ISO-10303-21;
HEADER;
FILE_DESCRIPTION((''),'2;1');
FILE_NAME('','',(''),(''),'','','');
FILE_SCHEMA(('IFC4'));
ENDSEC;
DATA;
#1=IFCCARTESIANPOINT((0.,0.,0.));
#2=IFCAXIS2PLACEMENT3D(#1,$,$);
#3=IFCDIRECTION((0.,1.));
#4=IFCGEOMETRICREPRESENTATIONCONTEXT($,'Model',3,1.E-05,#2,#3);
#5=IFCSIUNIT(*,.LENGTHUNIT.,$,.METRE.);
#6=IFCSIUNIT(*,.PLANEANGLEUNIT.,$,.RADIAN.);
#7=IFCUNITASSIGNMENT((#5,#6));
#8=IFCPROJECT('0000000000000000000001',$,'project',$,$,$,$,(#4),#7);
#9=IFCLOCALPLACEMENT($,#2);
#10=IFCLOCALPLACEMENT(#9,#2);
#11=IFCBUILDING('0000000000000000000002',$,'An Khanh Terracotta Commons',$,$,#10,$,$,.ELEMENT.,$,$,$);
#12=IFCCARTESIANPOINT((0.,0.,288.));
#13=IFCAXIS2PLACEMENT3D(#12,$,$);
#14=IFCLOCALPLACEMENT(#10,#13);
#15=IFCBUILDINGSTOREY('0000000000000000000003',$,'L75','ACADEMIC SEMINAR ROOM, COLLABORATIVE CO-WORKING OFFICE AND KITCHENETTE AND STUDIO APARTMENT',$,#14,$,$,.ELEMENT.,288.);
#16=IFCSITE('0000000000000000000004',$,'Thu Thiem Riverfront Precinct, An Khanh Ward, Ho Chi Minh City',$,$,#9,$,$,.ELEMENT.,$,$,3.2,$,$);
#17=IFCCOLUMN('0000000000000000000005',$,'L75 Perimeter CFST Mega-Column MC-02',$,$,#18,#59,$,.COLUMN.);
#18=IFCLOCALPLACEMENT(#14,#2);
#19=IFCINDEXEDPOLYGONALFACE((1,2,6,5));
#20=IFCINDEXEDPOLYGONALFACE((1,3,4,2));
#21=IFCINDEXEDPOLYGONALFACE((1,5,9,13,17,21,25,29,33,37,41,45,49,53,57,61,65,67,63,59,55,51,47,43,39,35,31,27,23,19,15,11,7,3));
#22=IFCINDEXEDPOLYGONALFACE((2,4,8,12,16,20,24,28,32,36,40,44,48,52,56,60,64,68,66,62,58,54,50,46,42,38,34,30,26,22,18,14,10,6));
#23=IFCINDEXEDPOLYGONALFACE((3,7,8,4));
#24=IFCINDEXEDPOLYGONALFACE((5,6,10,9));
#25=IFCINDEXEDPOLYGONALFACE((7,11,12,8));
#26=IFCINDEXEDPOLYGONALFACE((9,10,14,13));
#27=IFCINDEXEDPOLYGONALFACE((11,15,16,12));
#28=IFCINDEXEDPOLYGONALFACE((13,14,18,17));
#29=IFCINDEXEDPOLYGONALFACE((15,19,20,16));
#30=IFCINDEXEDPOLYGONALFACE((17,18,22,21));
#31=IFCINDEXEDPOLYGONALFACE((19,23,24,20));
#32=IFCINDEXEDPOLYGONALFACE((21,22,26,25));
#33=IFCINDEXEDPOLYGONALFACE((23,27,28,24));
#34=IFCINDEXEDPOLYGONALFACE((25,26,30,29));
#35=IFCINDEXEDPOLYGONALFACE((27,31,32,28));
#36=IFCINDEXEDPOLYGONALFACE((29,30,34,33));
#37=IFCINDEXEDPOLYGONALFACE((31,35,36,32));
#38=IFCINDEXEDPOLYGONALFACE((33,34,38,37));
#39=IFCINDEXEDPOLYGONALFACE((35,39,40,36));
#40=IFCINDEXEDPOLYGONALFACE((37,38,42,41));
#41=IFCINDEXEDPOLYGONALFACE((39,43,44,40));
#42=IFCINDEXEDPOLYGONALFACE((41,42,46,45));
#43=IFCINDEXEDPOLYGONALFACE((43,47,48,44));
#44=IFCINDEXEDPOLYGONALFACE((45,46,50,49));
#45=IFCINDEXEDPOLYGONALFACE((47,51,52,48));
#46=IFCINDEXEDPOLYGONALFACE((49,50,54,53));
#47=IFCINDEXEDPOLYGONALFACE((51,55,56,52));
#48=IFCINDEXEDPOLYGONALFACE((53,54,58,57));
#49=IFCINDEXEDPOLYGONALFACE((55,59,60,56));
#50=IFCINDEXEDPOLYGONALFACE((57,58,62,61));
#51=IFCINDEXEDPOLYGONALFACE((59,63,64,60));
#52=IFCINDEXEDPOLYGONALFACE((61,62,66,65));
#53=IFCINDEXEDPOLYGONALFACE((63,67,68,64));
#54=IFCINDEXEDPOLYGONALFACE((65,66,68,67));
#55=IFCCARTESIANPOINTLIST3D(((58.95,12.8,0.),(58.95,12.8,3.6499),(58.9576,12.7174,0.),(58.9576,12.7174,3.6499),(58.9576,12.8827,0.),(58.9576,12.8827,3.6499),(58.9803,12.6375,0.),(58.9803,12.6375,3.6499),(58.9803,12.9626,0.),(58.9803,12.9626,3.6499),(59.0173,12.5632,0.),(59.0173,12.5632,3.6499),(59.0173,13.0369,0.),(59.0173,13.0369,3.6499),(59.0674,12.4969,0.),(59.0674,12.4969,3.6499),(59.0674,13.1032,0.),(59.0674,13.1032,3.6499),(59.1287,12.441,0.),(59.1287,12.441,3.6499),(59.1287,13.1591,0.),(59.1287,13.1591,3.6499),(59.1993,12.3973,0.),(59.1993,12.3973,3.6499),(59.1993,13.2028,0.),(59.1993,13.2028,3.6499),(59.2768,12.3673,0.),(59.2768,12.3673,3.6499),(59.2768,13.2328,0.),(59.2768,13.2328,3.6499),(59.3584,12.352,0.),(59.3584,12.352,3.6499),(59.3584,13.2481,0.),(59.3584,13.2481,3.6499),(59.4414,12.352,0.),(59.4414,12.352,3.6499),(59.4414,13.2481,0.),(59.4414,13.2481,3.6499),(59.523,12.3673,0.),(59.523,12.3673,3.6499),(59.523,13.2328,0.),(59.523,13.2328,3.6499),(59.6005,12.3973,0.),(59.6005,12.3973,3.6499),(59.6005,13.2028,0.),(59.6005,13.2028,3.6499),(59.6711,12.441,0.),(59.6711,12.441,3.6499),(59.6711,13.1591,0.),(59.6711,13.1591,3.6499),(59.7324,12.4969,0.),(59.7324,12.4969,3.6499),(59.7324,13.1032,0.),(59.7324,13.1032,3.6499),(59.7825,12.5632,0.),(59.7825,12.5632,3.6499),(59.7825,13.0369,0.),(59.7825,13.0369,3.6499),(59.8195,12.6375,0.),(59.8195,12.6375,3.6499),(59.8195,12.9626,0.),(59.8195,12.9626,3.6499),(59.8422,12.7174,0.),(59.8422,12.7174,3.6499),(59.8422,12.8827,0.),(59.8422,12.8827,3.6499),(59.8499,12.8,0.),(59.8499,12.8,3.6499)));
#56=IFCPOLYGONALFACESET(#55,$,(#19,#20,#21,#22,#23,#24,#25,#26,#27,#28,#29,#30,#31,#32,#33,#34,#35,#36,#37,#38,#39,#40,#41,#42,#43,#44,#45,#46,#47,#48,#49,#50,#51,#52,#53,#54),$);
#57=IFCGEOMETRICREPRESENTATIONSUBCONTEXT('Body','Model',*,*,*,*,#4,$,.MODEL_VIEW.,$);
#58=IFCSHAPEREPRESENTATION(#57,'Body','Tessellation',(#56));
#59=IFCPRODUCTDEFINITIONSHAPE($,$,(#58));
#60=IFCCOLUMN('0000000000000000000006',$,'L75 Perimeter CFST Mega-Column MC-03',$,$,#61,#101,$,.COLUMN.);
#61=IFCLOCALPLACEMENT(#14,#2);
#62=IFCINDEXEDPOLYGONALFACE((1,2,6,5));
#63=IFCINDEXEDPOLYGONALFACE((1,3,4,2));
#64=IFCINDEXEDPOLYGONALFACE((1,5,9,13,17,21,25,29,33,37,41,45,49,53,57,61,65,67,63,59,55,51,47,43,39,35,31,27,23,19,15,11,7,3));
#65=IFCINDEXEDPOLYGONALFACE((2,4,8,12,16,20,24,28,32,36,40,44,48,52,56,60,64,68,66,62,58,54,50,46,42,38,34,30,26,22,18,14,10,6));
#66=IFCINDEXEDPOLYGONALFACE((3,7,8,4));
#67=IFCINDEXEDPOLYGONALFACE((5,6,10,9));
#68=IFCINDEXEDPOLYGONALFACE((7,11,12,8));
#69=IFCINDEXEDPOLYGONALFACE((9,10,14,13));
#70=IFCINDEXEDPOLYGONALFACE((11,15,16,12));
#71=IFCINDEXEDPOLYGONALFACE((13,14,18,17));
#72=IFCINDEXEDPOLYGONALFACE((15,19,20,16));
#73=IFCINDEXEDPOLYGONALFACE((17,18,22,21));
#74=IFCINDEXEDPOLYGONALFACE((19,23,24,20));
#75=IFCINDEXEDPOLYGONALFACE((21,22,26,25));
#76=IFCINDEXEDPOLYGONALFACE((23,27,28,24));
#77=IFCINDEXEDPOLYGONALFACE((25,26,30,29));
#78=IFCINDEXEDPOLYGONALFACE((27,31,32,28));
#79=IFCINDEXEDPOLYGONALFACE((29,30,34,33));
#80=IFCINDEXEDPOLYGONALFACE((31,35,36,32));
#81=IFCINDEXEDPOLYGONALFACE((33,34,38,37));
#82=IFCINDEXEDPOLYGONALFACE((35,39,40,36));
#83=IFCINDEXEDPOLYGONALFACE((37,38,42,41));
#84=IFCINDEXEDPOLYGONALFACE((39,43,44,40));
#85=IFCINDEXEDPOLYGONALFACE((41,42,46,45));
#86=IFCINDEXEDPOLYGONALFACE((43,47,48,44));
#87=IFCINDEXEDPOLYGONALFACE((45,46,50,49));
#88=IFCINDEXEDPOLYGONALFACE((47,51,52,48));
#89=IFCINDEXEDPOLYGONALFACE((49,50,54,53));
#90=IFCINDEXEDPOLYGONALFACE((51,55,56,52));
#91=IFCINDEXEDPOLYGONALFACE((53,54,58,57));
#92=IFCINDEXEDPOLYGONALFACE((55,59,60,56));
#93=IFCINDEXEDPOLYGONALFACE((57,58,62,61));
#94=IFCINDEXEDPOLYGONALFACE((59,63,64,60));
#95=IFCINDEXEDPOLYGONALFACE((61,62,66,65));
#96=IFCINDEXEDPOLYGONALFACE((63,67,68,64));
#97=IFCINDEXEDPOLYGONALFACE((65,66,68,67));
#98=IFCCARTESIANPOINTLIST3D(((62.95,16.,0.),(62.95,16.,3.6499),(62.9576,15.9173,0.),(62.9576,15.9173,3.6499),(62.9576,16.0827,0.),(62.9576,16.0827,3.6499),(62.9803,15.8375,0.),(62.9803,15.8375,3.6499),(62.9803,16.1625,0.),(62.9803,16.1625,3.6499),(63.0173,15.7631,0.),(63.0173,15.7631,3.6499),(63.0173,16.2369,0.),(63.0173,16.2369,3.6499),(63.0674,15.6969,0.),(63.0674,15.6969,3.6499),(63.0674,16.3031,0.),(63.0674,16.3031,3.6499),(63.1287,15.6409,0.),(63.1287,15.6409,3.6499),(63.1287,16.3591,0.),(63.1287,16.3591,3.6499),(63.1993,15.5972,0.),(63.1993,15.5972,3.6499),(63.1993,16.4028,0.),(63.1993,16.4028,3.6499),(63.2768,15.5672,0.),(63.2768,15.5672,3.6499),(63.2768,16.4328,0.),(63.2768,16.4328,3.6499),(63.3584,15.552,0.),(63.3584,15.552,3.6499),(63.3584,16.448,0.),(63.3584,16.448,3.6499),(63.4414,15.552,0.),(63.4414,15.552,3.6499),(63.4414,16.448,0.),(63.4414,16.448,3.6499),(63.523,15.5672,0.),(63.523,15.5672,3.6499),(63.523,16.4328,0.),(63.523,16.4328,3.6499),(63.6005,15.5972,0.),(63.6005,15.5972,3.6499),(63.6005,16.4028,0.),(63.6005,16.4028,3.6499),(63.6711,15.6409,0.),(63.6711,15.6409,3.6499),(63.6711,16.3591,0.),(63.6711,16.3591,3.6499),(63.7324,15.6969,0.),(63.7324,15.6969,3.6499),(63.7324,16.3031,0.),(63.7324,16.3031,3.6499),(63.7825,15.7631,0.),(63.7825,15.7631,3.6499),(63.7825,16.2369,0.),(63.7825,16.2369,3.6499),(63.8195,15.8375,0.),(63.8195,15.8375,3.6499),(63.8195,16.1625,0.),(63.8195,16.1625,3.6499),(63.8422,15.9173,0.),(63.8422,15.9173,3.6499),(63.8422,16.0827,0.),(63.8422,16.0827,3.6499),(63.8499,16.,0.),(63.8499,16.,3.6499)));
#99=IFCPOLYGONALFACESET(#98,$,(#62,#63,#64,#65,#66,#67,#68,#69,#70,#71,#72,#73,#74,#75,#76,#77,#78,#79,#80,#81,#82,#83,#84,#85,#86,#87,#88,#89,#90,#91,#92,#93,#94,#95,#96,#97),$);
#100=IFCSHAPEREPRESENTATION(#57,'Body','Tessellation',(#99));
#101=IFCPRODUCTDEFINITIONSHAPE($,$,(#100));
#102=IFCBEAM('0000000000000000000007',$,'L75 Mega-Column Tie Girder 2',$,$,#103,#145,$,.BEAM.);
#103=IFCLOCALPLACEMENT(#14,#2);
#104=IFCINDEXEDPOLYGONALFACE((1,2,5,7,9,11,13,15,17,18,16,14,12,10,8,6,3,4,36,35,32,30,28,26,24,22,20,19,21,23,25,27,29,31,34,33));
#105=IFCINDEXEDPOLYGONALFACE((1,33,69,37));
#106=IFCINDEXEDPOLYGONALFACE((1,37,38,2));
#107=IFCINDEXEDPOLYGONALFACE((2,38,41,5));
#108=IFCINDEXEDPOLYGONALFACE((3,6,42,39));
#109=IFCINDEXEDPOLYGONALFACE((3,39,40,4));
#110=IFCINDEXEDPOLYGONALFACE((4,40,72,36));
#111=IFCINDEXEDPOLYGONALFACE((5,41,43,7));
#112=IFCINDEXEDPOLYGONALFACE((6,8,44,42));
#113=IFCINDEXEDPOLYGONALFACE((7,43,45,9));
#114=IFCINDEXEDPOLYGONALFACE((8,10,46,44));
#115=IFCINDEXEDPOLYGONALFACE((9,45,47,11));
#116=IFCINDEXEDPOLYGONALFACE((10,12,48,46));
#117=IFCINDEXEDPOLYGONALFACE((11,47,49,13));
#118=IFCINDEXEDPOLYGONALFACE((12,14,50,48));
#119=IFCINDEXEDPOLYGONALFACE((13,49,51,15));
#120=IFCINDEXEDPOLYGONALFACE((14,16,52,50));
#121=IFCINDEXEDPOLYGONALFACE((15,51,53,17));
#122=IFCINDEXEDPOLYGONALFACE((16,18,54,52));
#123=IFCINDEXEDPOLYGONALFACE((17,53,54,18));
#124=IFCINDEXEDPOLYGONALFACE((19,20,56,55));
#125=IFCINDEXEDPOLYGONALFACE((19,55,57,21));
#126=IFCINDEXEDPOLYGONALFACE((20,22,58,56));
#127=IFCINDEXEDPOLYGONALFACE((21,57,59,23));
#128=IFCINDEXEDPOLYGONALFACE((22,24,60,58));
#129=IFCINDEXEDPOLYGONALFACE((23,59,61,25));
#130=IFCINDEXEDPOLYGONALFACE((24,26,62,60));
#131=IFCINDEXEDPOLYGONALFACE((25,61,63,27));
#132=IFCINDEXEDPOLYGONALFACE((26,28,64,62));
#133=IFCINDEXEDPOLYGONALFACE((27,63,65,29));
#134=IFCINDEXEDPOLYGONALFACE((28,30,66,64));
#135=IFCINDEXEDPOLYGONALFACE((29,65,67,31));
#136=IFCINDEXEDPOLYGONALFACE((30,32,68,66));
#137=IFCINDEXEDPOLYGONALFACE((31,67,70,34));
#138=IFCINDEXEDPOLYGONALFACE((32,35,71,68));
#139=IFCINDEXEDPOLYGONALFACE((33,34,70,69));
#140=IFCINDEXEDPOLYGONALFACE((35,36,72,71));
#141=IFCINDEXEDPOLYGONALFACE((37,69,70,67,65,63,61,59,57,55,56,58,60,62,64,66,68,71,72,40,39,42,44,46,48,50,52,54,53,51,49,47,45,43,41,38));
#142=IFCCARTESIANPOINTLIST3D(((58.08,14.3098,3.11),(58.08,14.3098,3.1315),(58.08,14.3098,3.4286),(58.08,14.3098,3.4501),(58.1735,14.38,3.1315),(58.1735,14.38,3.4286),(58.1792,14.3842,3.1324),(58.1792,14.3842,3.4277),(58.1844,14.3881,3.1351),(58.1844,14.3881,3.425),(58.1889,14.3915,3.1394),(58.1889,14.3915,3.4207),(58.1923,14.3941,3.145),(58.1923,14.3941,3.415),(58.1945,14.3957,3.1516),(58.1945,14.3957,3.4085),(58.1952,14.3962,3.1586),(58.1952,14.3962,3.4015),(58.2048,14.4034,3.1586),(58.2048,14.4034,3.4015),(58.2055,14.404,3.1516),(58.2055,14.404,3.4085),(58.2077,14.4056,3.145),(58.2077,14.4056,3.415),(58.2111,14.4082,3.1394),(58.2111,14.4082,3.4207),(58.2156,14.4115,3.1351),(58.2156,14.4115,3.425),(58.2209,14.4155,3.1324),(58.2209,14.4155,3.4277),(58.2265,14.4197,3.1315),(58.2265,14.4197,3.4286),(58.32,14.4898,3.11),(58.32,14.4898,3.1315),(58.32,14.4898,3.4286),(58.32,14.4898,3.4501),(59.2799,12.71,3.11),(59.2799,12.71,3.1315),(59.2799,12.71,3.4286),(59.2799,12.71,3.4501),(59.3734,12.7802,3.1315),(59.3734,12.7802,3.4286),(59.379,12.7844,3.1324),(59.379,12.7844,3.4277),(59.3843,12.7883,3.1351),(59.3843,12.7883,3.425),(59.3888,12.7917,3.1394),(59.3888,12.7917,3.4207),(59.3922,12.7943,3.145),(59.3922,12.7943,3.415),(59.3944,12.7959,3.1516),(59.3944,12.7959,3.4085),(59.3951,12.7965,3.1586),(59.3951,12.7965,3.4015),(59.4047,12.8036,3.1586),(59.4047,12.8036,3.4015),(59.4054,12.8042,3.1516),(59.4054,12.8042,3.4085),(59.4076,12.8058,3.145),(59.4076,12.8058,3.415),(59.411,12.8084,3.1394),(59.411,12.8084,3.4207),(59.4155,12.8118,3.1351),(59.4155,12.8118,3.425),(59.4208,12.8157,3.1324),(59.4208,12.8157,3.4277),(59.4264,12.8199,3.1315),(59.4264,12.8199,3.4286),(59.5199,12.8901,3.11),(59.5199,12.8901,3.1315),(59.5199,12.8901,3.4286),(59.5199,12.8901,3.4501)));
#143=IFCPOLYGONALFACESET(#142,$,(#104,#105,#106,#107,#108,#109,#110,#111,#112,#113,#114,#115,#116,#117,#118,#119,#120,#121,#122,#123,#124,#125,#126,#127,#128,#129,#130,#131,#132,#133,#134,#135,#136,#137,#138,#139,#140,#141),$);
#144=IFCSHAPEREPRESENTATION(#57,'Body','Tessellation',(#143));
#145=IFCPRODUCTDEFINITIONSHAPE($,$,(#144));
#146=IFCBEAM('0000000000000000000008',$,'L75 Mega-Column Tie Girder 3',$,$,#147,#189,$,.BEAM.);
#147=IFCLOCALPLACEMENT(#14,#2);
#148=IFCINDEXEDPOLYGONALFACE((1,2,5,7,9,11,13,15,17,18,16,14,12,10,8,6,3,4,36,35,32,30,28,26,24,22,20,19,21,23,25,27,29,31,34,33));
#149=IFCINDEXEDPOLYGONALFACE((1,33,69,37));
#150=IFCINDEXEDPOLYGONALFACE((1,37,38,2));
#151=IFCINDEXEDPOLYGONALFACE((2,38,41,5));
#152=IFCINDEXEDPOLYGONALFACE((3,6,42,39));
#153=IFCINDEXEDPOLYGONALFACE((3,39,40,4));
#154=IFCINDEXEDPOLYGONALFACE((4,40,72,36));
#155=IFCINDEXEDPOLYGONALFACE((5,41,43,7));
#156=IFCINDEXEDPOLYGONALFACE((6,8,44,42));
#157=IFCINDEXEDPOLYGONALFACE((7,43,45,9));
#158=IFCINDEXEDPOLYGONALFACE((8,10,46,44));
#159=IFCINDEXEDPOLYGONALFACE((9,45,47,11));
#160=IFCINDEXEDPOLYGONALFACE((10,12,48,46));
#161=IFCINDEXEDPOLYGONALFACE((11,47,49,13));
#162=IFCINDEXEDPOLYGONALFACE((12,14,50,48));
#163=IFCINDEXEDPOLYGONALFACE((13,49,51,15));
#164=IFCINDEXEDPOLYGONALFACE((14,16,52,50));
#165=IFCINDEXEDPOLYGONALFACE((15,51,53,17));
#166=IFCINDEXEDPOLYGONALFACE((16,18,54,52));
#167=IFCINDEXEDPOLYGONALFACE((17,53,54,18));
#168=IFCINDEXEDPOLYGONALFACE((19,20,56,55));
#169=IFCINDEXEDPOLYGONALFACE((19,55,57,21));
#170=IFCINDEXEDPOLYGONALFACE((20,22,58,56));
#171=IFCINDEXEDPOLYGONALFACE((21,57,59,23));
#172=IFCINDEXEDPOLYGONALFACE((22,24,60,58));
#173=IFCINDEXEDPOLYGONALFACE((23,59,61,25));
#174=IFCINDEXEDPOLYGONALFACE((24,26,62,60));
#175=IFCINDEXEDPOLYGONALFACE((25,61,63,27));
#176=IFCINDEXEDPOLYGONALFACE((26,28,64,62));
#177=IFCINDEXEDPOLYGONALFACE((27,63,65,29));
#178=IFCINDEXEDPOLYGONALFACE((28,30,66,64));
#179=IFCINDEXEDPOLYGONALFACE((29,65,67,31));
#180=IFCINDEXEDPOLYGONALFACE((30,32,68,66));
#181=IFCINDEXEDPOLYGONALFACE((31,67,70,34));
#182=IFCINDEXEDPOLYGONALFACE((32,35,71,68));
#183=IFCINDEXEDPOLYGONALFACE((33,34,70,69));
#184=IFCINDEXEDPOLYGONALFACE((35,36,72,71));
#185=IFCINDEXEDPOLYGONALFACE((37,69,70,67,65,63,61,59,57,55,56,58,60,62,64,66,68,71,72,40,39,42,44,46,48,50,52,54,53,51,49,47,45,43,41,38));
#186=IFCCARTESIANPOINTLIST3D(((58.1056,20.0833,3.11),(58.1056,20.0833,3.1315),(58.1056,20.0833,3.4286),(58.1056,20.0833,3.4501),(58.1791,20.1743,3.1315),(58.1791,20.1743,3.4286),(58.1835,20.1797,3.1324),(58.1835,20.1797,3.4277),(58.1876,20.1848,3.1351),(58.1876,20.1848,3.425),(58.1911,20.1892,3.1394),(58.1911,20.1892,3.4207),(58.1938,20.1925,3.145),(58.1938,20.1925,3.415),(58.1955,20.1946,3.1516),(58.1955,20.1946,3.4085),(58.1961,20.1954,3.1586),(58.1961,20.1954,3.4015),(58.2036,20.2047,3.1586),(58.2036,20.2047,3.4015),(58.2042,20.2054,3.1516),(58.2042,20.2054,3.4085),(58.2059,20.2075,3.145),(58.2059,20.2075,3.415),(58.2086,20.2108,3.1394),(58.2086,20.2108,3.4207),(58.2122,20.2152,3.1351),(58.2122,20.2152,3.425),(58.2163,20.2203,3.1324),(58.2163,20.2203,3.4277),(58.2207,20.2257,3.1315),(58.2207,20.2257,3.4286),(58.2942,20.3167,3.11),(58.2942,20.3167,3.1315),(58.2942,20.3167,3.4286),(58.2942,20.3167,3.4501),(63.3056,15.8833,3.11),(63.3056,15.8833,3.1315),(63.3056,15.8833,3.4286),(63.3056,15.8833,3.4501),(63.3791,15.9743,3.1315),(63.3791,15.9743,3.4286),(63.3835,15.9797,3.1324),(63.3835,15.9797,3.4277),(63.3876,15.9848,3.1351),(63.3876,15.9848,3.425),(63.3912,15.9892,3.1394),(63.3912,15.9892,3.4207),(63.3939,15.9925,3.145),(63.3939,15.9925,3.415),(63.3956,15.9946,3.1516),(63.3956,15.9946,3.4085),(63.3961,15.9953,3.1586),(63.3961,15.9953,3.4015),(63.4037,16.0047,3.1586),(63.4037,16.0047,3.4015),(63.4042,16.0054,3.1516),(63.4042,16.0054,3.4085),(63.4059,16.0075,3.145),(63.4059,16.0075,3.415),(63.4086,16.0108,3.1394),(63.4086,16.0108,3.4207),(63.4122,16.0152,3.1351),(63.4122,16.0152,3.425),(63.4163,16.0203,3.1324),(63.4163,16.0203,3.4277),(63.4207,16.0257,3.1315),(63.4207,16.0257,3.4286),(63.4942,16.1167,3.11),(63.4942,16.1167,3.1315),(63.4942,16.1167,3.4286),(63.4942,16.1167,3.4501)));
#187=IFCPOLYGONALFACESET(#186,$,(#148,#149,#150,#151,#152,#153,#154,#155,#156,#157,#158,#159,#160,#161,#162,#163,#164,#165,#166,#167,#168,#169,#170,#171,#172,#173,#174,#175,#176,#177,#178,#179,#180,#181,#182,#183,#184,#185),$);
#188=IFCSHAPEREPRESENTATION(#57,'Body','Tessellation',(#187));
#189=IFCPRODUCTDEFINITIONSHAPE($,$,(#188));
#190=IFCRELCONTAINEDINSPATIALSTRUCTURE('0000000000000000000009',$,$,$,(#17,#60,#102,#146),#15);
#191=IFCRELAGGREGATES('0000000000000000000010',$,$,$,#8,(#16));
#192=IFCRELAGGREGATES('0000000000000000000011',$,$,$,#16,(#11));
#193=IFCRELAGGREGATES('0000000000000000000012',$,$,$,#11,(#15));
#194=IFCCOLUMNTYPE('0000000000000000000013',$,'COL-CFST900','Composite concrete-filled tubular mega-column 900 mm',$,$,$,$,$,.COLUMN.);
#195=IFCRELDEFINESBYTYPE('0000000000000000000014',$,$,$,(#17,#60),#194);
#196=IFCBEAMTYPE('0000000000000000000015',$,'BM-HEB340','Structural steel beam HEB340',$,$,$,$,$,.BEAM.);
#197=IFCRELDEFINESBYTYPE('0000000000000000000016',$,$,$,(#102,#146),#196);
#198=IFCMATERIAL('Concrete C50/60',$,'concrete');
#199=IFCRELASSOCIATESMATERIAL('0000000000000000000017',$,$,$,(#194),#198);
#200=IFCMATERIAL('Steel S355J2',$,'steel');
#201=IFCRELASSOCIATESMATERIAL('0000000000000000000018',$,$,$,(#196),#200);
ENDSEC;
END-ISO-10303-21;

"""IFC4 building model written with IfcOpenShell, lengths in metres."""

from ifc_helpers import new_model, si_unit, direction, frame, origin, origin_2d, place, context, subcontext, project, spatial, circle, i_section, extrude, material, material_profile, profile_set, type_object, element, save


model = new_model("IFC4")

# Units and contexts
model_context = context("Model", 3, precision=1e-05, world=origin(), true_north=direction((0.0, 1.0)))
body_context = subcontext(model_context, "Body", "Model", "MODEL_VIEW")
ifc_project = project(units=[si_unit("LENGTHUNIT", "METRE"), si_unit("PLANEANGLEUNIT", "RADIAN")], contexts=[model_context])

# Site, building, storey
site_placement = place(None, origin())
site = spatial("IfcSite", under=ifc_project, at=site_placement, Name="Thu Thiem Riverfront Precinct, An Khanh Ward, Ho Chi Minh City", CompositionType="ELEMENT", RefElevation=3.2)
building_placement = place(site_placement, origin())
building = spatial("IfcBuilding", under=site, at=building_placement, Name="An Khanh Terracotta Commons", CompositionType="ELEMENT")
storey_placement = place(building_placement, frame((0.0, 0.0, 288.0)))
storey = spatial("IfcBuildingStorey", under=building, at=storey_placement, Name="L75", Description="ACADEMIC SEMINAR ROOM, COLLABORATIVE CO-WORKING OFFICE AND KITCHENETTE AND STUDIO APARTMENT", CompositionType="ELEMENT", Elevation=288.0)

# Columns
ifc_material_1 = material(Name="Concrete C50/60", Category="concrete")
ifc_material_profile_1 = material_profile(ifc_material_1, circle(Radius=0.45, at=origin_2d()), Name="CFST900")
ifc_profile_set_1 = profile_set([ifc_material_profile_1], Name="Concrete C50/60")
column_type = type_object("IfcColumnType", Name="COL-CFST900", Description="Composite concrete-filled tubular mega-column 900 mm", PredefinedType="COLUMN", material=ifc_profile_set_1)
for number, where, z_axis, x_axis, name in (
    (1, (59.3999, 12.8, 0.0), (0.0, 0.0, 1.0), (1.0, 0.0, 0.0), "L75 Perimeter CFST Mega-Column MC-02"),
    (2, (63.3999, 16.0, 0.0), (0.0, 0.0, 1.0), (1.0, 0.0, 0.0), "L75 Perimeter CFST Mega-Column MC-03"),
):
    element("IfcColumn", number, at=place(storey_placement, frame(where, z_axis=z_axis, x_axis=x_axis)), inside=storey, type_object=column_type, Name=name, PredefinedType="COLUMN", context=body_context, shape_type="SweptSolid", body=[
        extrude(circle(Radius=0.45, at=origin_2d()), origin(), (0.0, 0.0, 1.0), 3.6499),
    ])

# Beams
ifc_material_2 = material(Name="Steel S355J2", Category="steel")
ifc_material_profile_2 = material_profile(ifc_material_2, i_section(OverallWidth=0.3, OverallDepth=0.3401, WebThickness=0.012, FlangeThickness=0.0215, FilletRadius=0.0271, at=origin_2d()), Name="HEB340")
ifc_profile_set_2 = profile_set([ifc_material_profile_2], Name="Steel S355J2")
beam_type_1 = type_object("IfcBeamType", Name="BM-HEB340", Description="Structural steel beam HEB340", PredefinedType="BEAM", material=ifc_profile_set_2)
beam_1_placement = place(storey_placement, frame((59.3999, 12.8, 3.28), z_axis=(-0.60002, 0.799985, 0.0), x_axis=(-0.799985, -0.60002, 0.0)))
element("IfcBeam", 3, at=beam_1_placement, inside=storey, type_object=beam_type_1, Name="L75 Mega-Column Tie Girder 2", PredefinedType="BEAM", context=body_context, shape_type="SweptSolid", body=[
    extrude(i_section(OverallWidth=0.3, OverallDepth=0.3401, WebThickness=0.012, FlangeThickness=0.0215, FilletRadius=0.0271, at=origin_2d()), origin(), (0.0, 0.0, 1.0), 1.9998),
])
beam_2_placement = place(storey_placement, frame((63.3999, 16.0, 3.28), z_axis=(-0.777942, 0.628336, 0.0), x_axis=(-0.628336, -0.777942, 0.0)))
element("IfcBeam", 4, at=beam_2_placement, inside=storey, type_object=beam_type_1, Name="L75 Mega-Column Tie Girder 3", PredefinedType="BEAM", context=body_context, shape_type="SweptSolid", body=[
    extrude(i_section(OverallWidth=0.3, OverallDepth=0.3401, WebThickness=0.012, FlangeThickness=0.0215, FilletRadius=0.0271, at=origin_2d()), origin(), (0.0, 0.0, 1.0), 6.6843),
])

save(model, "model.ifc")
